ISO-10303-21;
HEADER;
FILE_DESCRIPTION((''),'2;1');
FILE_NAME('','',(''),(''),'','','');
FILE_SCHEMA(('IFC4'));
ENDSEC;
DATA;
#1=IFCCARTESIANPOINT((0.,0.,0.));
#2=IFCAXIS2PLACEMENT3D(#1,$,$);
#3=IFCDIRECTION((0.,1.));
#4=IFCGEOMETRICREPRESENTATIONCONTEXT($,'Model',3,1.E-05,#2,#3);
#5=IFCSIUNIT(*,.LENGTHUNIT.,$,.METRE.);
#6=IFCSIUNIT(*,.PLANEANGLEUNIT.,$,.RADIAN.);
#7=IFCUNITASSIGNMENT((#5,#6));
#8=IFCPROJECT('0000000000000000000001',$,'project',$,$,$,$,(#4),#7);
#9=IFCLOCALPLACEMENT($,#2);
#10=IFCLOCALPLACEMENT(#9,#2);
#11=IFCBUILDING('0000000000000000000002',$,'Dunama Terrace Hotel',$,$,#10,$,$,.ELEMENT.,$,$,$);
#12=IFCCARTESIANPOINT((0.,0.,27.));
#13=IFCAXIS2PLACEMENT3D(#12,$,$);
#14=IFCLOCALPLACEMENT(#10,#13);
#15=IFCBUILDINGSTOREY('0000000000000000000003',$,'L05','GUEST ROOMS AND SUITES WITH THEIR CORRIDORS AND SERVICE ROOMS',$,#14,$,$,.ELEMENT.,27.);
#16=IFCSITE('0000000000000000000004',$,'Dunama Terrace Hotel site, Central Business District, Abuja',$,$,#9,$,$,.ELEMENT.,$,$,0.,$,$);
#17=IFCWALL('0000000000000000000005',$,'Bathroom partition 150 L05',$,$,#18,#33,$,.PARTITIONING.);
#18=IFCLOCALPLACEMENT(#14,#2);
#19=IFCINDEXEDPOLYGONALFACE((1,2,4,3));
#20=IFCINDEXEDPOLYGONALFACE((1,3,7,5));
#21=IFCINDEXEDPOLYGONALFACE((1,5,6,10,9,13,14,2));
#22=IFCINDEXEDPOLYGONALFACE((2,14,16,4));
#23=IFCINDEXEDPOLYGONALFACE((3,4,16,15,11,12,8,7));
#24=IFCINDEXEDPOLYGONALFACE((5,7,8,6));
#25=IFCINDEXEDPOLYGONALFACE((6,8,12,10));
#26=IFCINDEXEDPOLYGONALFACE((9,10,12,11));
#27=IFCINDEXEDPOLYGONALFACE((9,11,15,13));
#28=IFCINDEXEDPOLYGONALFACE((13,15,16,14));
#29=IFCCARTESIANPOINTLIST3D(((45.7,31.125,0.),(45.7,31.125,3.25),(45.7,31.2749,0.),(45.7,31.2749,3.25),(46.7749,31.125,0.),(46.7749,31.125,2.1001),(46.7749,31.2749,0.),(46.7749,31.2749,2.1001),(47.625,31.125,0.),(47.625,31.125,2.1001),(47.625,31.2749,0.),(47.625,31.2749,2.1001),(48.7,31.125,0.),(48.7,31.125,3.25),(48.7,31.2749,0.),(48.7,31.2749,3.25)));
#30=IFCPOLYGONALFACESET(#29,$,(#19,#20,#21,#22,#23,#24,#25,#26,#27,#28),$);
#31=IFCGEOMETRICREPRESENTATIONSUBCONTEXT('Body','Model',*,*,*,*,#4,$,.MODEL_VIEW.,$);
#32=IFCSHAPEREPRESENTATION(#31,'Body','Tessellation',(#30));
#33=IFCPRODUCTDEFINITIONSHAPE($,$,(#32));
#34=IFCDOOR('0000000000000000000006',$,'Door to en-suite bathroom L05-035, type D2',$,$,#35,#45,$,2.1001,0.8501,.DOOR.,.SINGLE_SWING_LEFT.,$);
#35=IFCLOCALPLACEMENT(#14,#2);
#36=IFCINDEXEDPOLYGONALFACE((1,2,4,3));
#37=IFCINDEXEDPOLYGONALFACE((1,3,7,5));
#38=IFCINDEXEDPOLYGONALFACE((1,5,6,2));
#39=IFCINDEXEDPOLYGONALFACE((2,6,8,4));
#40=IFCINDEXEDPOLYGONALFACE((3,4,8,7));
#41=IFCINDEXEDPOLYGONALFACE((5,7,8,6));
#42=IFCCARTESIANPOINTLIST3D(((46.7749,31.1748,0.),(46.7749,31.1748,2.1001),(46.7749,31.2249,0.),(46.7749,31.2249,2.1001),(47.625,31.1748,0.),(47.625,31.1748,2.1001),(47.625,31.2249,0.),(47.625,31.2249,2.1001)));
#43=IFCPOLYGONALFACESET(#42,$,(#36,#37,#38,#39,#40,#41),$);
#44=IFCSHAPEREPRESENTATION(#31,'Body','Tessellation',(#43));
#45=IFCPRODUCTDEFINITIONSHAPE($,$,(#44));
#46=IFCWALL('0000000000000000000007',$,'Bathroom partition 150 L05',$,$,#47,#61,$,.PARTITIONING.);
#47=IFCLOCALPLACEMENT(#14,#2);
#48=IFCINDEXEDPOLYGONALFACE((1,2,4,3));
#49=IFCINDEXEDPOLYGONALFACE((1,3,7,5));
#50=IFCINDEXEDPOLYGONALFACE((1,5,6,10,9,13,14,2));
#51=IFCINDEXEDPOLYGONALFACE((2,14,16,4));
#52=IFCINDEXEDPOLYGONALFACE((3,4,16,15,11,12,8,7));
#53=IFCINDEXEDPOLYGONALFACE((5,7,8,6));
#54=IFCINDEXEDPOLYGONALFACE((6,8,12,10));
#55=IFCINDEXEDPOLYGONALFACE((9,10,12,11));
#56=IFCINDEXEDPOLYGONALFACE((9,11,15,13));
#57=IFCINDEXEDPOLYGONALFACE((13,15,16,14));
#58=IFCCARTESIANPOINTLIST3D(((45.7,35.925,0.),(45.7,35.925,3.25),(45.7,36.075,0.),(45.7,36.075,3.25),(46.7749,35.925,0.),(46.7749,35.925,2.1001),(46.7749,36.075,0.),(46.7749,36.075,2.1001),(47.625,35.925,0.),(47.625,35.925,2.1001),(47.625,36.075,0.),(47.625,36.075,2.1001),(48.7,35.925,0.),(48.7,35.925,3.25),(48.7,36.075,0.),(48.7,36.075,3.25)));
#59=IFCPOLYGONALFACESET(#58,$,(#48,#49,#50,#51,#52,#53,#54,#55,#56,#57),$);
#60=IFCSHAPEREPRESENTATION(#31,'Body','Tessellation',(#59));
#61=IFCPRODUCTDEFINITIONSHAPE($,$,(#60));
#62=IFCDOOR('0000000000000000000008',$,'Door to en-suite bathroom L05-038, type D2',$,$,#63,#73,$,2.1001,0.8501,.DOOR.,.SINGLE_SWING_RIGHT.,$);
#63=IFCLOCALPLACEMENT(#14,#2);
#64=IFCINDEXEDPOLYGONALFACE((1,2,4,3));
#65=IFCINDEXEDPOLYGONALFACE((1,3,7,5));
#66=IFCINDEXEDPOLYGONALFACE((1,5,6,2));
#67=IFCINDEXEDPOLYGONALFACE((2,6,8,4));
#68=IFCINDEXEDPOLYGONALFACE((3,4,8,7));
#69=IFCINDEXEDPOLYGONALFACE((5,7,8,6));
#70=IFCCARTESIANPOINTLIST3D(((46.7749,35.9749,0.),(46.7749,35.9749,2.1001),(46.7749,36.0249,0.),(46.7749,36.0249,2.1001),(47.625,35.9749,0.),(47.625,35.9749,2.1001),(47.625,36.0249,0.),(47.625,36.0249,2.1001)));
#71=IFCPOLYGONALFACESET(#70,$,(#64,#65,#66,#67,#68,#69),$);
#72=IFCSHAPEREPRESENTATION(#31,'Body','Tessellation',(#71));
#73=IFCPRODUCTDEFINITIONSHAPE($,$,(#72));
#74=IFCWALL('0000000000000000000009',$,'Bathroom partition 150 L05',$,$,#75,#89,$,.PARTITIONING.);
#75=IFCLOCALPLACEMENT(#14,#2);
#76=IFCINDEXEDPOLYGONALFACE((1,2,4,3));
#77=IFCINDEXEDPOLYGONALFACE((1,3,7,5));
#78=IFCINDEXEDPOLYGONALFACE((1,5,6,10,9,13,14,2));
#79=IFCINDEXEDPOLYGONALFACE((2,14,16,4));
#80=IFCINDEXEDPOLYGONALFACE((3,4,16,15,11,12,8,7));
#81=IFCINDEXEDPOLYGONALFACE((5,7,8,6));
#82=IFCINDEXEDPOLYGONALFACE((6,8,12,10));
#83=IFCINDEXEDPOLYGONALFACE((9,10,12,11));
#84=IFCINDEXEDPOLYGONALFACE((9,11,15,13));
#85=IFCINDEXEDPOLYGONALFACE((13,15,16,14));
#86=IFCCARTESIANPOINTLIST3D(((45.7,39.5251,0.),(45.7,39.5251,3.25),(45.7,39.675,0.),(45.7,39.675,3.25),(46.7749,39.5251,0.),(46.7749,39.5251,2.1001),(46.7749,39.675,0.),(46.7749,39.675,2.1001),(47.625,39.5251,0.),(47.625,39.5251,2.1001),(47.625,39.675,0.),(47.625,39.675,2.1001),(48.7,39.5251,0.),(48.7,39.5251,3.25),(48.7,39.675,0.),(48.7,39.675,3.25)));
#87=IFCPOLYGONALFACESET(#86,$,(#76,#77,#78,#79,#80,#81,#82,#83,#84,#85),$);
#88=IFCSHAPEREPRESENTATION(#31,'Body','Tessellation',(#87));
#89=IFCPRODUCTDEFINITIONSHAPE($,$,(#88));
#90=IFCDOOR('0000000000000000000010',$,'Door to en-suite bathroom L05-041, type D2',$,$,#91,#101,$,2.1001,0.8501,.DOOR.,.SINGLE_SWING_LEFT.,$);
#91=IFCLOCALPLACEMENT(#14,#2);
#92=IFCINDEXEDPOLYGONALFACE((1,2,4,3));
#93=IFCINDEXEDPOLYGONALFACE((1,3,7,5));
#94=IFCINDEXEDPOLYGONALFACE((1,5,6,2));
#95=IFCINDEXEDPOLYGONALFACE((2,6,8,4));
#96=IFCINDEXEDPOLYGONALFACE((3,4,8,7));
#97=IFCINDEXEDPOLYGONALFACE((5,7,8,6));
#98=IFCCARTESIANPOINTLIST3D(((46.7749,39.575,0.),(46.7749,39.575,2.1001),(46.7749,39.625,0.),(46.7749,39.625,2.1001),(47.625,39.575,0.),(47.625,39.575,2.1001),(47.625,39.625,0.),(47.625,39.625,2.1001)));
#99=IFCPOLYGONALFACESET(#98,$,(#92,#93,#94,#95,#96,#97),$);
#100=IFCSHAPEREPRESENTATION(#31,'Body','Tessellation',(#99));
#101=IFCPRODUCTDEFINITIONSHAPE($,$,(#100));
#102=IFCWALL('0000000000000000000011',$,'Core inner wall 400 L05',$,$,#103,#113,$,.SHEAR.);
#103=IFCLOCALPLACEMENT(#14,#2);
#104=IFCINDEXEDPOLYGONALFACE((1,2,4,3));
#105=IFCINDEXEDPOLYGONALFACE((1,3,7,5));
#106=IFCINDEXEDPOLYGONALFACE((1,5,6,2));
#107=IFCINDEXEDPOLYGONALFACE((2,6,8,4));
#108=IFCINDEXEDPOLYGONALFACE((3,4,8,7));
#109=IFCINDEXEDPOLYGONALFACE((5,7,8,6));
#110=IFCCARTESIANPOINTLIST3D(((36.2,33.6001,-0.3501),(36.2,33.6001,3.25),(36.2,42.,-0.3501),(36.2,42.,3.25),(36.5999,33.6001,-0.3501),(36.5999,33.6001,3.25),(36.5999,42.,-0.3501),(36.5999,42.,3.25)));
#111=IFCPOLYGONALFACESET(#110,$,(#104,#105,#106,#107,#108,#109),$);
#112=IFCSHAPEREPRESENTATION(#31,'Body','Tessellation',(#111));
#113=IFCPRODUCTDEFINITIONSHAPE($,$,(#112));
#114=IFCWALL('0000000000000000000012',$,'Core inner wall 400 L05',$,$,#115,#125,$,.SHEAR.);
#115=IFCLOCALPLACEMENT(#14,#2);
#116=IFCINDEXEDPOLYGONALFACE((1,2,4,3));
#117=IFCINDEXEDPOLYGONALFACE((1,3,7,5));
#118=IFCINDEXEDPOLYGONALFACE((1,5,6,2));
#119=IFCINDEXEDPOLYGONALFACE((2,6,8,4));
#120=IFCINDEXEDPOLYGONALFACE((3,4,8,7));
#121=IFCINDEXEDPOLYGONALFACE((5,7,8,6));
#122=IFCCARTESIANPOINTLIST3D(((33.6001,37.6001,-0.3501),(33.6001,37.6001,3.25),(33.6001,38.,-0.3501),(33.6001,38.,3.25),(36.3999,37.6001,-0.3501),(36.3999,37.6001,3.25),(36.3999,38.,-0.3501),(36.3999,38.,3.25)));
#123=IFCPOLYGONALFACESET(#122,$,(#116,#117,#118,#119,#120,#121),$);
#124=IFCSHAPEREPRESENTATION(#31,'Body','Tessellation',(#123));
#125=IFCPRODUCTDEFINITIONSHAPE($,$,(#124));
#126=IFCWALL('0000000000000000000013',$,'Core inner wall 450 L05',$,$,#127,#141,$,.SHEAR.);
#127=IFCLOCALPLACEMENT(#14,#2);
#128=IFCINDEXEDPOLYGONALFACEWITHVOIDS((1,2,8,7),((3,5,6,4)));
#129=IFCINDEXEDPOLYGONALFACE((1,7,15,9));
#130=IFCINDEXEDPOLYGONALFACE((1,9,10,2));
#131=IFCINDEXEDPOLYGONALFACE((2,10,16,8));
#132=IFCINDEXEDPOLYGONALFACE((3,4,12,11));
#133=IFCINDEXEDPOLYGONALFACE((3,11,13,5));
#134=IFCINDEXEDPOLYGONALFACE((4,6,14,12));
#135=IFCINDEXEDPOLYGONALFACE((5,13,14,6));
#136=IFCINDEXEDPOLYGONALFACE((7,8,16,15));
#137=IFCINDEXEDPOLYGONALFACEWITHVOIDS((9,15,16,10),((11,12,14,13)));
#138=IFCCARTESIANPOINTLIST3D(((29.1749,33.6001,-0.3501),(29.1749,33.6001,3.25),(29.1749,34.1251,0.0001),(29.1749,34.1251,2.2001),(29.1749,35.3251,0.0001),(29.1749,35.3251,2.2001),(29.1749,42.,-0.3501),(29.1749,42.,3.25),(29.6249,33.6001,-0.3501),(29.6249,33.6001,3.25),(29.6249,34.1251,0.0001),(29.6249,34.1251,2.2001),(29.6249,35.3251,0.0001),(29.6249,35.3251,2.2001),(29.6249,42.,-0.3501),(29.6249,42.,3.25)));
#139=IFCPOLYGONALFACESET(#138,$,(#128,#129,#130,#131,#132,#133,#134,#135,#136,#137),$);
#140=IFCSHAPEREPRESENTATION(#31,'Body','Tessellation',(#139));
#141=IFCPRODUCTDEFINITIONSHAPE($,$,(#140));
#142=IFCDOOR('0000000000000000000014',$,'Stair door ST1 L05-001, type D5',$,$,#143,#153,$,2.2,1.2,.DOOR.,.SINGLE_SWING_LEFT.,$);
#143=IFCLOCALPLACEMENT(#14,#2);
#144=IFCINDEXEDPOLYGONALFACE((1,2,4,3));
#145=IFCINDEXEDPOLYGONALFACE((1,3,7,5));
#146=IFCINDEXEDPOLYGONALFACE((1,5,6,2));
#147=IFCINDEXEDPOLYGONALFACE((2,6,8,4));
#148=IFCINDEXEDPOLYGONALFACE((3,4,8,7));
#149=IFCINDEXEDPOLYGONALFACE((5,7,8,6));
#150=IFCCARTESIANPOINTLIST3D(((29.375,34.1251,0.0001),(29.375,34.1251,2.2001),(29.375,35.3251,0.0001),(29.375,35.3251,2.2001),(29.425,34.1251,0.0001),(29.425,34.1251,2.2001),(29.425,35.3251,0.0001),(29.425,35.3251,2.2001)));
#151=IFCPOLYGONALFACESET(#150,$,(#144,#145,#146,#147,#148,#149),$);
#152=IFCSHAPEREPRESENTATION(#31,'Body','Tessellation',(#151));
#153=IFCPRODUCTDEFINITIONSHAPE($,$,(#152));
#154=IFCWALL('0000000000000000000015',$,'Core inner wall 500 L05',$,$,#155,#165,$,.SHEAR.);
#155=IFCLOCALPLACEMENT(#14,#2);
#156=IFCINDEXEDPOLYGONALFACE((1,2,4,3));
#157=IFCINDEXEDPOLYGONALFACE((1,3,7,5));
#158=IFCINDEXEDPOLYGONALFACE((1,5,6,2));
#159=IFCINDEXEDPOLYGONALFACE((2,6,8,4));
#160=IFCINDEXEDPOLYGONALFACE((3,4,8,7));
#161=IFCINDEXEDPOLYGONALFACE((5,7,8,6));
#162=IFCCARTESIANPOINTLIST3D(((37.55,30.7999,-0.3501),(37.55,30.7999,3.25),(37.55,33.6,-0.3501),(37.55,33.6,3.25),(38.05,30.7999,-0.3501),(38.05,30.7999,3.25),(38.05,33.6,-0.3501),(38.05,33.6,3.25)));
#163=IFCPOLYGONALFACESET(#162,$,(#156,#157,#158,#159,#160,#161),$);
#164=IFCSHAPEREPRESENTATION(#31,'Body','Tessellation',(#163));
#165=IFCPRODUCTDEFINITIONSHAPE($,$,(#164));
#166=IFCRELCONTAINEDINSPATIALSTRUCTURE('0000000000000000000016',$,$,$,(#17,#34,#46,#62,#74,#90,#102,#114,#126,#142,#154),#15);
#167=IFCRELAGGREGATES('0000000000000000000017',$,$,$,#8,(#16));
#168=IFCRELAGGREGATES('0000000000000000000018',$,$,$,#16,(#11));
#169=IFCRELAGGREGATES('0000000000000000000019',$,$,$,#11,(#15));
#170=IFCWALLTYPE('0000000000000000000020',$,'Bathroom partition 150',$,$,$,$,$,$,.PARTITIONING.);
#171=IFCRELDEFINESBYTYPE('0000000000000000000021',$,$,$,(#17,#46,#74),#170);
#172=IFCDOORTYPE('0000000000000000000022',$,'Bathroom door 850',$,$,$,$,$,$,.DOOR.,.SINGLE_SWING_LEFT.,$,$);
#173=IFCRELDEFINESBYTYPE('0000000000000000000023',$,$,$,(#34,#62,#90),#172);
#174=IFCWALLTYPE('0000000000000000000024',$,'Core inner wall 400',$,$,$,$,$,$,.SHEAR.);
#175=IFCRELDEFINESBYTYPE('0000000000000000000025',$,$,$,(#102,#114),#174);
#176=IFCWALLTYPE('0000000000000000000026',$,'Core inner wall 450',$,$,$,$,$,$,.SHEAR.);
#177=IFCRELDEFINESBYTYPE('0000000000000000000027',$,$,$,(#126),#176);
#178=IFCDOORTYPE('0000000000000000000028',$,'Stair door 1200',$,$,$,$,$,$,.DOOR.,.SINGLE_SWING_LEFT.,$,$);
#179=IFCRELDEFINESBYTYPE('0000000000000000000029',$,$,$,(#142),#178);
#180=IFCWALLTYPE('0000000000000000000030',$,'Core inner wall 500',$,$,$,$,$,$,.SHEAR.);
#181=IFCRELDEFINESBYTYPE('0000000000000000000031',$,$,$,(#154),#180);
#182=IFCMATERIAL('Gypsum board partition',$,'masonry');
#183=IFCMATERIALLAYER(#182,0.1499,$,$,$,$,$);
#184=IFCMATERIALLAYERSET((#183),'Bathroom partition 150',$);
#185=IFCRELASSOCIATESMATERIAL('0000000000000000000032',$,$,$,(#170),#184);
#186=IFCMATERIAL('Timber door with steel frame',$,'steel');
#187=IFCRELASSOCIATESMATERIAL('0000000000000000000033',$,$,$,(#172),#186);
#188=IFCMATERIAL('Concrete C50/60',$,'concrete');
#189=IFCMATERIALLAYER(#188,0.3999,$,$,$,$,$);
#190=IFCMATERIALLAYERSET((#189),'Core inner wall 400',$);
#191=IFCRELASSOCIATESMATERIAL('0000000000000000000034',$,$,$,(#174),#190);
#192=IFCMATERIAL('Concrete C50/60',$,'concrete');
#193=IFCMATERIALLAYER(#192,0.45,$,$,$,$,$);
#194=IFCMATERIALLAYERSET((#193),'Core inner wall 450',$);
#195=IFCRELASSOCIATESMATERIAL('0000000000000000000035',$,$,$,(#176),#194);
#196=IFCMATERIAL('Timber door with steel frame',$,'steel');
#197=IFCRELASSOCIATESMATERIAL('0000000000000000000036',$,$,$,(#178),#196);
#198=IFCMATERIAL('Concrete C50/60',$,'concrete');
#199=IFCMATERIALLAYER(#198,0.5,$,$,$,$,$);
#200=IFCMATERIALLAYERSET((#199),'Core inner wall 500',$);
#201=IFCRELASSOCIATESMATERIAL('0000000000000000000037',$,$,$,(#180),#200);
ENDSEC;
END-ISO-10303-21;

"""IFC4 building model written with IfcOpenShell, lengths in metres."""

from ifc_helpers import new_model, si_unit, direction, frame, frame_2d, origin, place, context, subcontext, project, spatial, rectangle, extrude, material, layer, layer_set, type_object, element, fill, save


model = new_model("IFC4")

# Units and contexts
model_context = context("Model", 3, precision=1e-05, world=origin(), true_north=direction((0.0, 1.0)))
body_context = subcontext(model_context, "Body", "Model", "MODEL_VIEW")
ifc_project = project(units=[si_unit("LENGTHUNIT", "METRE"), si_unit("PLANEANGLEUNIT", "RADIAN")], contexts=[model_context])

# Site, building, storey
site_placement = place(None, origin())
site = spatial("IfcSite", under=ifc_project, at=site_placement, Name="Dunama Terrace Hotel site, Central Business District, Abuja", CompositionType="ELEMENT", RefElevation=0.0)
building_placement = place(site_placement, origin())
building = spatial("IfcBuilding", under=site, at=building_placement, Name="Dunama Terrace Hotel", CompositionType="ELEMENT")
storey_placement = place(building_placement, frame((0.0, 0.0, 27.0)))
storey = spatial("IfcBuildingStorey", under=building, at=storey_placement, Name="L05", Description="GUEST ROOMS AND SUITES WITH THEIR CORRIDORS AND SERVICE ROOMS", CompositionType="ELEMENT", Elevation=27.0)

# Walls, openings, doors
ifc_material_1 = material(Name="Gypsum board partition", Category="masonry")
ifc_layer_1 = layer(ifc_material_1, 0.1499)
ifc_layer_set_1 = layer_set([ifc_layer_1], Name="Bathroom partition 150")
wall_type_1 = type_object("IfcWallType", Name="Bathroom partition 150", PredefinedType="PARTITIONING", material=ifc_layer_set_1)
wall_1_placement = place(storey_placement, frame((45.7, 31.2, 0.0), z_axis=(0.0, 0.0, 1.0), x_axis=(1.0, 0.0, 0.0)))
wall_1 = element("IfcWall", 1, at=wall_1_placement, inside=storey, type_object=wall_type_1, Name="Bathroom partition 150 L05", PredefinedType="PARTITIONING", context=body_context, shape_type="SweptSolid", body=[
    extrude(rectangle(XDim=3.0, YDim=0.1499, at=frame_2d((1.5, 0.0))), origin(), (0.0, 0.0, 1.0), 3.25),
])
opening_1_placement = place(wall_1_placement, frame((1.075, 0.0, 0.0)))
opening_1 = element("IfcOpeningElement", 2, at=opening_1_placement, cuts=wall_1, PredefinedType="OPENING", context=body_context, shape_type="SweptSolid", body=[
    extrude(rectangle(XDim=0.8501, YDim=2.1001, at=frame_2d((0.425, 1.05))), frame((0.0, 0.085, 0.0), z_axis=(0.0, -1.0, 0.0), x_axis=(1.0, 0.0, 0.0)), (0.0, 0.0, 1.0), 0.1699),
])
ifc_material_2 = material(Name="Timber door with steel frame", Category="steel")
door_type_1 = type_object("IfcDoorType", Name="Bathroom door 850", OperationType="SINGLE_SWING_LEFT", PredefinedType="DOOR", material=ifc_material_2)
door_1_placement = place(opening_1_placement, origin())
door_1 = element("IfcDoor", 3, at=door_1_placement, inside=storey, type_object=door_type_1, Name="Door to en-suite bathroom L05-035, type D2", OperationType="SINGLE_SWING_LEFT", OverallHeight=2.1001, OverallWidth=0.8501, PredefinedType="DOOR", context=body_context, shape_type="SweptSolid", body=[
    extrude(rectangle(XDim=0.8501, YDim=2.1001, at=frame_2d((0.425, 1.05))), frame((0.0, 0.0249, 0.0), z_axis=(0.0, -1.0, 0.0), x_axis=(1.0, 0.0, 0.0)), (0.0, 0.0, 1.0), 0.05),
])
fill(opening_1, door_1)
wall_2_placement = place(storey_placement, frame((45.7, 36.0, 0.0), z_axis=(0.0, 0.0, 1.0), x_axis=(1.0, 0.0, 0.0)))
wall_2 = element("IfcWall", 4, at=wall_2_placement, inside=storey, type_object=wall_type_1, Name="Bathroom partition 150 L05", PredefinedType="PARTITIONING", context=body_context, shape_type="SweptSolid", body=[
    extrude(rectangle(XDim=3.0, YDim=0.1499, at=frame_2d((1.5, 0.0))), origin(), (0.0, 0.0, 1.0), 3.25),
])
opening_2_placement = place(wall_2_placement, frame((1.075, 0.0, 0.0)))
opening_2 = element("IfcOpeningElement", 5, at=opening_2_placement, cuts=wall_2, PredefinedType="OPENING", context=body_context, shape_type="SweptSolid", body=[
    extrude(rectangle(XDim=0.8501, YDim=2.1001, at=frame_2d((0.425, 1.05))), frame((0.0, 0.085, 0.0), z_axis=(0.0, -1.0, 0.0), x_axis=(1.0, 0.0, 0.0)), (0.0, 0.0, 1.0), 0.1699),
])
door_2_placement = place(opening_2_placement, frame((0.8501, 0.0, 0.0), z_axis=(0.0, 0.0, 1.0), x_axis=(-1.0, 0.0, 0.0)))
door_2 = element("IfcDoor", 6, at=door_2_placement, inside=storey, type_object=door_type_1, Name="Door to en-suite bathroom L05-038, type D2", OperationType="SINGLE_SWING_RIGHT", OverallHeight=2.1001, OverallWidth=0.8501, PredefinedType="DOOR", context=body_context, shape_type="SweptSolid", body=[
    extrude(rectangle(XDim=0.8501, YDim=2.1001, at=frame_2d((0.425, 1.05))), frame((0.0, 0.0251, 0.0), z_axis=(0.0, -1.0, 0.0), x_axis=(1.0, 0.0, 0.0)), (0.0, 0.0, 1.0), 0.05),
])
fill(opening_2, door_2)
wall_3_placement = place(storey_placement, frame((45.7, 39.6001, 0.0), z_axis=(0.0, 0.0, 1.0), x_axis=(1.0, 0.0, 0.0)))
wall_3 = element("IfcWall", 7, at=wall_3_placement, inside=storey, type_object=wall_type_1, Name="Bathroom partition 150 L05", PredefinedType="PARTITIONING", context=body_context, shape_type="SweptSolid", body=[
    extrude(rectangle(XDim=3.0, YDim=0.1499, at=frame_2d((1.5, 0.0))), origin(), (0.0, 0.0, 1.0), 3.25),
])
opening_3_placement = place(wall_3_placement, frame((1.075, 0.0, 0.0)))
opening_3 = element("IfcOpeningElement", 8, at=opening_3_placement, cuts=wall_3, PredefinedType="OPENING", context=body_context, shape_type="SweptSolid", body=[
    extrude(rectangle(XDim=0.8501, YDim=2.1001, at=frame_2d((0.425, 1.05))), frame((0.0, 0.085, 0.0), z_axis=(0.0, -1.0, 0.0), x_axis=(1.0, 0.0, 0.0)), (0.0, 0.0, 1.0), 0.1699),
])
door_3_placement = place(opening_3_placement, origin())
door_3 = element("IfcDoor", 9, at=door_3_placement, inside=storey, type_object=door_type_1, Name="Door to en-suite bathroom L05-041, type D2", OperationType="SINGLE_SWING_LEFT", OverallHeight=2.1001, OverallWidth=0.8501, PredefinedType="DOOR", context=body_context, shape_type="SweptSolid", body=[
    extrude(rectangle(XDim=0.8501, YDim=2.1001, at=frame_2d((0.425, 1.05))), frame((0.0, 0.0249, 0.0), z_axis=(0.0, -1.0, 0.0), x_axis=(1.0, 0.0, 0.0)), (0.0, 0.0, 1.0), 0.05),
])
fill(opening_3, door_3)

# Walls
ifc_material_3 = material(Name="Concrete C50/60", Category="concrete")
ifc_layer_2 = layer(ifc_material_3, 0.3999)
ifc_layer_set_2 = layer_set([ifc_layer_2], Name="Core inner wall 400")
wall_type_2 = type_object("IfcWallType", Name="Core inner wall 400", PredefinedType="SHEAR", material=ifc_layer_set_2)
wall_4_placement = place(storey_placement, frame((36.3999, 33.6001, -0.3501), z_axis=(0.0, 0.0, 1.0), x_axis=(0.0, 1.0, 0.0)))
element("IfcWall", 10, at=wall_4_placement, inside=storey, type_object=wall_type_2, Name="Core inner wall 400 L05", PredefinedType="SHEAR", context=body_context, shape_type="SweptSolid", body=[
    extrude(rectangle(XDim=8.3999, YDim=0.3999, at=frame_2d((4.2, 0.0))), origin(), (0.0, 0.0, 1.0), 3.6001),
])
wall_5_placement = place(storey_placement, frame((33.6001, 37.8, -0.3501), z_axis=(0.0, 0.0, 1.0), x_axis=(1.0, 0.0, 0.0)))
element("IfcWall", 11, at=wall_5_placement, inside=storey, type_object=wall_type_2, Name="Core inner wall 400 L05", PredefinedType="SHEAR", context=body_context, shape_type="SweptSolid", body=[
    extrude(rectangle(XDim=2.7998, YDim=0.3999, at=frame_2d((1.3999, 0.0))), origin(), (0.0, 0.0, 1.0), 3.6001),
])

# Wall, opening, door
ifc_material_4 = material(Name="Concrete C50/60", Category="concrete")
ifc_layer_3 = layer(ifc_material_4, 0.45)
ifc_layer_set_3 = layer_set([ifc_layer_3], Name="Core inner wall 450")
wall_type_3 = type_object("IfcWallType", Name="Core inner wall 450", PredefinedType="SHEAR", material=ifc_layer_set_3)
wall_6_placement = place(storey_placement, frame((29.3999, 33.6001, -0.3501), z_axis=(0.0, 0.0, 1.0), x_axis=(0.0, 1.0, 0.0)))
wall_6 = element("IfcWall", 12, at=wall_6_placement, inside=storey, type_object=wall_type_3, Name="Core inner wall 450 L05", PredefinedType="SHEAR", context=body_context, shape_type="SweptSolid", body=[
    extrude(rectangle(XDim=8.3999, YDim=0.45, at=frame_2d((4.2, 0.0))), origin(), (0.0, 0.0, 1.0), 3.6001),
])
opening_4_placement = place(wall_6_placement, frame((0.5249, 0.0, 0.3501)))
opening_4 = element("IfcOpeningElement", 13, at=opening_4_placement, cuts=wall_6, PredefinedType="OPENING", context=body_context, shape_type="SweptSolid", body=[
    extrude(rectangle(XDim=1.2, YDim=2.2, at=frame_2d((0.6001, 1.1001))), frame((0.0, 0.2349, 0.0), z_axis=(0.0, -1.0, 0.0), x_axis=(1.0, 0.0, 0.0)), (0.0, 0.0, 1.0), 0.47),
])
ifc_material_5 = material(Name="Timber door with steel frame", Category="steel")
door_type_2 = type_object("IfcDoorType", Name="Stair door 1200", OperationType="SINGLE_SWING_LEFT", PredefinedType="DOOR", material=ifc_material_5)
door_4_placement = place(opening_4_placement, origin())
door_4 = element("IfcDoor", 14, at=door_4_placement, inside=storey, type_object=door_type_2, Name="Stair door ST1 L05-001, type D5", OperationType="SINGLE_SWING_LEFT", OverallHeight=2.2, OverallWidth=1.2, PredefinedType="DOOR", context=body_context, shape_type="SweptSolid", body=[
    extrude(rectangle(XDim=1.2, YDim=2.2, at=frame_2d((0.6001, 1.1001))), frame((0.0, 0.0249, 0.0), z_axis=(0.0, -1.0, 0.0), x_axis=(1.0, 0.0, 0.0)), (0.0, 0.0, 1.0), 0.05),
])
fill(opening_4, door_4)

# Wall
ifc_material_6 = material(Name="Concrete C50/60", Category="concrete")
ifc_layer_4 = layer(ifc_material_6, 0.5)
ifc_layer_set_4 = layer_set([ifc_layer_4], Name="Core inner wall 500")
wall_type_4 = type_object("IfcWallType", Name="Core inner wall 500", PredefinedType="SHEAR", material=ifc_layer_set_4)
wall_7_placement = place(storey_placement, frame((37.8, 30.8, -0.3501), z_axis=(0.0, 0.0, 1.0), x_axis=(0.0, 1.0, 0.0)))
element("IfcWall", 15, at=wall_7_placement, inside=storey, type_object=wall_type_4, Name="Core inner wall 500 L05", PredefinedType="SHEAR", context=body_context, shape_type="SweptSolid", body=[
    extrude(rectangle(XDim=2.8, YDim=0.5, at=frame_2d((1.3999, 0.0))), origin(), (0.0, 0.0, 1.0), 3.6001),
])

save(model, "model.ifc")
